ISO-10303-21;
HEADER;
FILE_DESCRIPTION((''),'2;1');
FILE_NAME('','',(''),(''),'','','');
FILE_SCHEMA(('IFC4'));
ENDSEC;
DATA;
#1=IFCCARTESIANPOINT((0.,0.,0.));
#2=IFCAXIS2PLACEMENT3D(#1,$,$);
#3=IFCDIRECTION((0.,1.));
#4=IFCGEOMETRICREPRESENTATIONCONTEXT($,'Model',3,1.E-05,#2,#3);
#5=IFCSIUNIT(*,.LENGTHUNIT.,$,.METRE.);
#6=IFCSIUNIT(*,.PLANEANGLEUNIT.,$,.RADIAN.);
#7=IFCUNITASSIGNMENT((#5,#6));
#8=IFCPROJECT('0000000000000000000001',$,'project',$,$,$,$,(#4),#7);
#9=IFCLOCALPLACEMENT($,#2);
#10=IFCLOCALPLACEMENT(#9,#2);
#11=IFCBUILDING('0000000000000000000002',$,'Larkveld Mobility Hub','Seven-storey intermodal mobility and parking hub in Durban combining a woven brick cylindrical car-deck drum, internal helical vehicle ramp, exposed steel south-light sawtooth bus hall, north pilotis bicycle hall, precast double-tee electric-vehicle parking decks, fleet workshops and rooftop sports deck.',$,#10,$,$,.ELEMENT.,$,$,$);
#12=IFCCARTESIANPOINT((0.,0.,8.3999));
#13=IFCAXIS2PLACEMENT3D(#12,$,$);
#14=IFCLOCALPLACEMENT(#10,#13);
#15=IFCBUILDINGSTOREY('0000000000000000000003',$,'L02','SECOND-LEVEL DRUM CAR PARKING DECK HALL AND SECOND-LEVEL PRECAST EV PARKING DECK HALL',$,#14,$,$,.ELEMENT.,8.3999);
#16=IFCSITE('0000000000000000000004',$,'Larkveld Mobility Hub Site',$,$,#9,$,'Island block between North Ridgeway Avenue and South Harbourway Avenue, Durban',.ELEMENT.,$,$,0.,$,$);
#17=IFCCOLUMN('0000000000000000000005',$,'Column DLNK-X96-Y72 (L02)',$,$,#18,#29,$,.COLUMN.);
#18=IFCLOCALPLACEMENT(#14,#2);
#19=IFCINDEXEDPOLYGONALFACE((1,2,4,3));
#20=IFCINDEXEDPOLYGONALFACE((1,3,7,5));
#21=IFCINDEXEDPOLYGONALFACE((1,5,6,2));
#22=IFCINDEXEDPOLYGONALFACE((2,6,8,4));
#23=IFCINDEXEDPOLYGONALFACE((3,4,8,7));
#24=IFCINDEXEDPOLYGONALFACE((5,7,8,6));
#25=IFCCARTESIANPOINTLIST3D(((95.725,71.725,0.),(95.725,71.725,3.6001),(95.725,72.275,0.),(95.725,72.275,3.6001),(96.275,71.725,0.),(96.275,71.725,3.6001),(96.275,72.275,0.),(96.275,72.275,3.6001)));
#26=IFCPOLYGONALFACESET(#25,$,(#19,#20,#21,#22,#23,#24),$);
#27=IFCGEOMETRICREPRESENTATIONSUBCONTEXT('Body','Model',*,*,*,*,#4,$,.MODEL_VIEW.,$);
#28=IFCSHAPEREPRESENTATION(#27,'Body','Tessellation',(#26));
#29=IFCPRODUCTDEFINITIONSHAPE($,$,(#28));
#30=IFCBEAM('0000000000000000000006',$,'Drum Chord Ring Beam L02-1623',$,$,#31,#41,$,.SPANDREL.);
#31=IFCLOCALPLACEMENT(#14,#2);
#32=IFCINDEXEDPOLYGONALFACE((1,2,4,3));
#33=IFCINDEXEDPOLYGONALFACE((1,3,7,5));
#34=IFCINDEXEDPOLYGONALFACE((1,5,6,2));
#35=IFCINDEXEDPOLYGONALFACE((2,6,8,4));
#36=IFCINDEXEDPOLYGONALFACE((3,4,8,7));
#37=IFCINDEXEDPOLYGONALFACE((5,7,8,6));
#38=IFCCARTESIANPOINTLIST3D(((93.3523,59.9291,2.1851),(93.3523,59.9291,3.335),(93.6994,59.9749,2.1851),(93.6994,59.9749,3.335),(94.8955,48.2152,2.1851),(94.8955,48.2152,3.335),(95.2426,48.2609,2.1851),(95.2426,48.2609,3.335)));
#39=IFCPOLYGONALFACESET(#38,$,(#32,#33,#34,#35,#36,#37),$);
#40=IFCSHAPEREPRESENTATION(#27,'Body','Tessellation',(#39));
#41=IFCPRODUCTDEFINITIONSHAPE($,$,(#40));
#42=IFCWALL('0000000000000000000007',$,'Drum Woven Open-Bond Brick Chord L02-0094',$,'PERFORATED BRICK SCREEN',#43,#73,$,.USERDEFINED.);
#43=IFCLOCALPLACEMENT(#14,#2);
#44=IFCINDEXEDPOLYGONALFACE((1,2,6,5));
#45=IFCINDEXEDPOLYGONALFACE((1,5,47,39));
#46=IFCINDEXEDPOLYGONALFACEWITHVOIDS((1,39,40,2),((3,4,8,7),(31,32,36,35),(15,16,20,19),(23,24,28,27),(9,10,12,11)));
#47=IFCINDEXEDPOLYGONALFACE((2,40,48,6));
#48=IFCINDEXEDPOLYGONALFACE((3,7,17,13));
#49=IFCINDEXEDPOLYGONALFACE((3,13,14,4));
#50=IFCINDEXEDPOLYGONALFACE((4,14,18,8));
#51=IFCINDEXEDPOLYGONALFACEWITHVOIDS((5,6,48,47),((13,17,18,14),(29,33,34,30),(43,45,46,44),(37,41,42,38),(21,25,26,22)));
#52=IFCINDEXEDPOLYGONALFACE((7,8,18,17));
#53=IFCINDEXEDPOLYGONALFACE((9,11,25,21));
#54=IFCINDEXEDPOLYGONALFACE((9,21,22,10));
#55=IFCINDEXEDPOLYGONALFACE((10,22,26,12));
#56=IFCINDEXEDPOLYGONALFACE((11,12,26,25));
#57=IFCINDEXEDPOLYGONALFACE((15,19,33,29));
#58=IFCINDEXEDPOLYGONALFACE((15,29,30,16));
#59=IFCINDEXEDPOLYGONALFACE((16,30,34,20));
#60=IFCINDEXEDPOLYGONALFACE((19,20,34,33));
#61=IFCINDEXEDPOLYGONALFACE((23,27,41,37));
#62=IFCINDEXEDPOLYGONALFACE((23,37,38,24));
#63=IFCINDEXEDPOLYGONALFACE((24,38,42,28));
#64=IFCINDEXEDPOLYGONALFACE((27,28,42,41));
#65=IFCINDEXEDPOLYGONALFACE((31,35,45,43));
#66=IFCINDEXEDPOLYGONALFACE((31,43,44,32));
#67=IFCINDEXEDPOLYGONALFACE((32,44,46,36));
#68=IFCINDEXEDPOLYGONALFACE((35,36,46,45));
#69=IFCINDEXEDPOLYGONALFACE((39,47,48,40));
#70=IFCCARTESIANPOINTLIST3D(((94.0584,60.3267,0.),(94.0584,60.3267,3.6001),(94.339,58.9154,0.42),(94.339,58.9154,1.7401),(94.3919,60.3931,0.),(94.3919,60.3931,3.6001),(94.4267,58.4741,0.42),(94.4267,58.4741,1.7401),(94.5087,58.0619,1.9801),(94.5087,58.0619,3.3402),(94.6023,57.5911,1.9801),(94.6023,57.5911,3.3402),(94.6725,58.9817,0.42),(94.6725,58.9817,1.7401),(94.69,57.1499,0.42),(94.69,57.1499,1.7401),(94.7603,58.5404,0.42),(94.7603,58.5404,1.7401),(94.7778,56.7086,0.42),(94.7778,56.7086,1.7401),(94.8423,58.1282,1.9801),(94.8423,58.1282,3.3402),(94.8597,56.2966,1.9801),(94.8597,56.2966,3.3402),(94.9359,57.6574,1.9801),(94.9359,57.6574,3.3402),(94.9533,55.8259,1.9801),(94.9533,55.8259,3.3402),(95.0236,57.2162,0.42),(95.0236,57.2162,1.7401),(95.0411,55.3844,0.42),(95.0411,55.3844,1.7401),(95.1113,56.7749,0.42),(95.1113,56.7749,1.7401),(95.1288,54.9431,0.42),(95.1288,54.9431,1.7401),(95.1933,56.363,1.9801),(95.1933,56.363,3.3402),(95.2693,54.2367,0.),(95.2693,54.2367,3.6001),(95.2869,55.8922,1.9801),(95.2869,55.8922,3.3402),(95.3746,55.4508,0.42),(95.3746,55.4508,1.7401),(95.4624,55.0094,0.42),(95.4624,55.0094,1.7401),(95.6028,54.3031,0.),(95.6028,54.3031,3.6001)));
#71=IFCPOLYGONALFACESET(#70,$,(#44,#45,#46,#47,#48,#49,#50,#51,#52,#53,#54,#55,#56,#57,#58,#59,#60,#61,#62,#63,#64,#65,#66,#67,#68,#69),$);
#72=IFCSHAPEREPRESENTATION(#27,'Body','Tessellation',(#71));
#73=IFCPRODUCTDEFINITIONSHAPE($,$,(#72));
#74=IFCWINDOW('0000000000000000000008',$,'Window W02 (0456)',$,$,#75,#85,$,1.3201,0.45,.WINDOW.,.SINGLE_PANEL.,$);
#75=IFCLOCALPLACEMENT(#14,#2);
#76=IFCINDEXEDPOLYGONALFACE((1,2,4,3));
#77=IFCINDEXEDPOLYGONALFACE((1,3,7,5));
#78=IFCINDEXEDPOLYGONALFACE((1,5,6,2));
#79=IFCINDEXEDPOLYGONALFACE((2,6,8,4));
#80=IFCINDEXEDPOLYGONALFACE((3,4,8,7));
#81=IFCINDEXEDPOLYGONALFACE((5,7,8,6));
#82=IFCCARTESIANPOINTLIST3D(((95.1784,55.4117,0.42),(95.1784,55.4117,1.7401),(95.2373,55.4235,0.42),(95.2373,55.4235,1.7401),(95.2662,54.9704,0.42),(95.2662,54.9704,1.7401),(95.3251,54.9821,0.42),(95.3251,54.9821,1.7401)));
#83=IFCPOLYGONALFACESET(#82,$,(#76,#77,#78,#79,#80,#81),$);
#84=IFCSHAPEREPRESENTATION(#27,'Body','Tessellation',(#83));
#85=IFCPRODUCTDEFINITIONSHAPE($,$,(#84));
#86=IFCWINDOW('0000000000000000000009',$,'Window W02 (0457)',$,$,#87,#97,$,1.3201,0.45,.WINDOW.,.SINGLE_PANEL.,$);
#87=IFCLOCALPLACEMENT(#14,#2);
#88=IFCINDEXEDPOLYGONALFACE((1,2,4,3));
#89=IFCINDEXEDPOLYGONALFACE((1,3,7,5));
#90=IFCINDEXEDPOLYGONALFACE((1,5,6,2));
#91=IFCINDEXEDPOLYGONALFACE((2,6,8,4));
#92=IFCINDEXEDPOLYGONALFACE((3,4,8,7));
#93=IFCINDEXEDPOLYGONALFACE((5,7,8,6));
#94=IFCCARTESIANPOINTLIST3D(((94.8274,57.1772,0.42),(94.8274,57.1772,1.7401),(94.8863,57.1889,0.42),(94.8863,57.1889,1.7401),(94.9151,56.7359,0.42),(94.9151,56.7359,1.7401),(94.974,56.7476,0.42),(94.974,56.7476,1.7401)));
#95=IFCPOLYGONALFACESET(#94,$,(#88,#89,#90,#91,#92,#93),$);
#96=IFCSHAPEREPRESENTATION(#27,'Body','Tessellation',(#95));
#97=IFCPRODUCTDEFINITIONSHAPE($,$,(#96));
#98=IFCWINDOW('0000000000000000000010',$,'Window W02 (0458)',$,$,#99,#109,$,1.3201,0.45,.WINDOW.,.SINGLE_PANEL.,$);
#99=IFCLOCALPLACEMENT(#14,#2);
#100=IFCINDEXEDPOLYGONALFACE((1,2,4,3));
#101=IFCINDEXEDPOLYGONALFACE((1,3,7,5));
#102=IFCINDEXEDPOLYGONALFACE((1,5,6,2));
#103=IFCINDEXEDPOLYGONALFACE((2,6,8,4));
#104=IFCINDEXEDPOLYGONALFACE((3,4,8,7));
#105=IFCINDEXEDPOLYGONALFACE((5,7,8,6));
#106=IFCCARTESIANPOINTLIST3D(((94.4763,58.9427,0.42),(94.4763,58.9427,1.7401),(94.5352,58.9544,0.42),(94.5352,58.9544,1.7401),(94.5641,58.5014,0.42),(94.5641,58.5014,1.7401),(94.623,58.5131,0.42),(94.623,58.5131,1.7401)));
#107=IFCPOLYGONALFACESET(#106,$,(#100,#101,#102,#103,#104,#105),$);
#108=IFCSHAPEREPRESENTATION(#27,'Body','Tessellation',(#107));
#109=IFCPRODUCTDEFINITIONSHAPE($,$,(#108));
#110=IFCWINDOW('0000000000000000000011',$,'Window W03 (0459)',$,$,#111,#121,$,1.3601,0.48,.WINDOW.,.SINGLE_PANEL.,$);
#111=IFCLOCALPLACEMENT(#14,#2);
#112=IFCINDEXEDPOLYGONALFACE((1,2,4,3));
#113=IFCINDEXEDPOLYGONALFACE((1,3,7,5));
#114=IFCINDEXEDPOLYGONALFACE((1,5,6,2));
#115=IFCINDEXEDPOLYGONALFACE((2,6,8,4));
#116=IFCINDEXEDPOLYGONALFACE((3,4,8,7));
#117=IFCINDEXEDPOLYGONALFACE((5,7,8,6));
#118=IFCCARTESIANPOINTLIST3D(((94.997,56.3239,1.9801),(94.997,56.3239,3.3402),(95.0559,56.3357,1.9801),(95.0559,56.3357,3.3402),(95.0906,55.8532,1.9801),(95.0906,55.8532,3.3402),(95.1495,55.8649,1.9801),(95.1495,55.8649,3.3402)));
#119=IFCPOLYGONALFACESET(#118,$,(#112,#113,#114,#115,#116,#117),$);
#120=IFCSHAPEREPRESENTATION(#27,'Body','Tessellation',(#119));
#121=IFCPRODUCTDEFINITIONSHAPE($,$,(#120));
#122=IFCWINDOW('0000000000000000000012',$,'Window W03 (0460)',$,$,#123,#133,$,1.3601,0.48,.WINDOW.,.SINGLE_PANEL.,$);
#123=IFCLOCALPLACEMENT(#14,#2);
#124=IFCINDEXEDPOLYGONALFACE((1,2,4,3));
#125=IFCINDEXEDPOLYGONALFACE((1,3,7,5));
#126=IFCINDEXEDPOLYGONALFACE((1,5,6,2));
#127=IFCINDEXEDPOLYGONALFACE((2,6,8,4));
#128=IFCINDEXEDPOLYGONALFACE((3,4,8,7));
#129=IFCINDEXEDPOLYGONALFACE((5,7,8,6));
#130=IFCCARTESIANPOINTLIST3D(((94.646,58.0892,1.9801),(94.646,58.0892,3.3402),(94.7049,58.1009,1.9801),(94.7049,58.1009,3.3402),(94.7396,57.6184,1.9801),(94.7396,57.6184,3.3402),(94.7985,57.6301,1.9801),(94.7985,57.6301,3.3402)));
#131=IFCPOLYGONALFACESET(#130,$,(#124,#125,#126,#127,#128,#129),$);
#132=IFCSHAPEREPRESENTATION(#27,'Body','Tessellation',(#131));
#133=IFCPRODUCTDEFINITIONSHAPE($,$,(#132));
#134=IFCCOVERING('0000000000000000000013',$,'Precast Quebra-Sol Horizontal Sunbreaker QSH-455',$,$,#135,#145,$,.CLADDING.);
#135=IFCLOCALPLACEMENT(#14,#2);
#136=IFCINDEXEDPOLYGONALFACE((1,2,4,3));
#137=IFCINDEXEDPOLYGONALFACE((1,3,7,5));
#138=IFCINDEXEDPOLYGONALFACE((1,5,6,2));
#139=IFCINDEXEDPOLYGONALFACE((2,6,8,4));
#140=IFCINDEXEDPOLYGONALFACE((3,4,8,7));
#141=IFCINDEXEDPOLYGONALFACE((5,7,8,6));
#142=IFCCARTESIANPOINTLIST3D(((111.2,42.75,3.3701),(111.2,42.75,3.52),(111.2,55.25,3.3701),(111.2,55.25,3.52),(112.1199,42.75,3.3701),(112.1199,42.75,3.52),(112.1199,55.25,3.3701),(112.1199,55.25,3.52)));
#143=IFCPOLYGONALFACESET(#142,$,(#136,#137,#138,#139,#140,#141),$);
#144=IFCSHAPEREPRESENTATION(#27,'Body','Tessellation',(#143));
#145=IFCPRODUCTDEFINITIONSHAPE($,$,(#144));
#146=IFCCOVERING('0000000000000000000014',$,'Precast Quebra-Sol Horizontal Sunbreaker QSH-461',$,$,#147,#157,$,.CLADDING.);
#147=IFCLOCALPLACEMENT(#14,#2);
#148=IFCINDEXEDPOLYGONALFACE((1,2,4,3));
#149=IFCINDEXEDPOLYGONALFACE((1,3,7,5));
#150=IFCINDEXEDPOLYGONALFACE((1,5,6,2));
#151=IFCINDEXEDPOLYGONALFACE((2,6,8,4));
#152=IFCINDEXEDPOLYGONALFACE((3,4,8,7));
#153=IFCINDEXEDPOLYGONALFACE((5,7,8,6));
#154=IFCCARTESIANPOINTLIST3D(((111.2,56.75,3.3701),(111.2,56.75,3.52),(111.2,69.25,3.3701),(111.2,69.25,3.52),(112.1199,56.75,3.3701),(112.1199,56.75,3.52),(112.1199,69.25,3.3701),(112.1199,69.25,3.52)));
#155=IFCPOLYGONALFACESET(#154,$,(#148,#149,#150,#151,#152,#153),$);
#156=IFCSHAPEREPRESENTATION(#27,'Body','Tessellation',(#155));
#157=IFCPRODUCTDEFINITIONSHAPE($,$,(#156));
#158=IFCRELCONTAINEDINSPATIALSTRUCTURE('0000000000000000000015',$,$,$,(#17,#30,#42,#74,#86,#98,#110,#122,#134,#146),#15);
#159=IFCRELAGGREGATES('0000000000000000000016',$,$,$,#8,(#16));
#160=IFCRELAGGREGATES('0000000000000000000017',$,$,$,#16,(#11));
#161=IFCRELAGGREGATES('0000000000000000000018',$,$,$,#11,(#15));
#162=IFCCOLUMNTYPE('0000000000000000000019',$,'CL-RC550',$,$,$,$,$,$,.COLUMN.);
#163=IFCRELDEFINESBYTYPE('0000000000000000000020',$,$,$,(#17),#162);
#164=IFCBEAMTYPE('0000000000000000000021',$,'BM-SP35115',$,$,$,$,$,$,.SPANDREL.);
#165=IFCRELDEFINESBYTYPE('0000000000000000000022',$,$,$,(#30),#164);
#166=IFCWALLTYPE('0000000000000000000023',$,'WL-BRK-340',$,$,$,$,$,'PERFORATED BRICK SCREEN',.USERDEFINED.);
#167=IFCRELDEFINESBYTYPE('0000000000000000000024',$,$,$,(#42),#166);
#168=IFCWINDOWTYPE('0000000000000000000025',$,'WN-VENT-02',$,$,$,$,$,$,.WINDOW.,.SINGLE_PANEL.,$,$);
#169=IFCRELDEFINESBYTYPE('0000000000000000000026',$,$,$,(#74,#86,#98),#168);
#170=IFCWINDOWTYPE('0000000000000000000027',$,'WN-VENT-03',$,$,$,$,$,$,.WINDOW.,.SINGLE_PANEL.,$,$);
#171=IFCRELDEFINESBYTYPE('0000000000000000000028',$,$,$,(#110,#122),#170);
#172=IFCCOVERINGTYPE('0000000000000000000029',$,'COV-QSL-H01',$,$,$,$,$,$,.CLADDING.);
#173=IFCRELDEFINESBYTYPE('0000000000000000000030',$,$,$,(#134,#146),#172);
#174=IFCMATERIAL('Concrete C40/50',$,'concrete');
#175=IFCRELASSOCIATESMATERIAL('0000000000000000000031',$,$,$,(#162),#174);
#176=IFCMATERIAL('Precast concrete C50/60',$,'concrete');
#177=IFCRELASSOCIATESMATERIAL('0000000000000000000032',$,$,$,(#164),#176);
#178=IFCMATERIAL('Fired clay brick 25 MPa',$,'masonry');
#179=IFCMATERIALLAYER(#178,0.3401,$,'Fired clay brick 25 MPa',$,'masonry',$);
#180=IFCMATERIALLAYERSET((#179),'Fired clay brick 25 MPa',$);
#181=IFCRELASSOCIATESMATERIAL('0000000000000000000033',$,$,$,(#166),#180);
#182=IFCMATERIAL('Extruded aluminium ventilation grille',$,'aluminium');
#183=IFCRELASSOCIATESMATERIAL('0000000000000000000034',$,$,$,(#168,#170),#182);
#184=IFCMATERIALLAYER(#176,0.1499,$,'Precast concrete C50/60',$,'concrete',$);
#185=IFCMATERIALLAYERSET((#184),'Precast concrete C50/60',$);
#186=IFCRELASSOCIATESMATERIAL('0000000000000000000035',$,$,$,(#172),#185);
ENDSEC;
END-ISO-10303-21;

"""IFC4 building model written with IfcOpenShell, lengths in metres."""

from ifc_helpers import new_model, si_unit, direction, frame, frame_2d, origin, origin_2d, place, context, subcontext, project, spatial, rectangle, extrude, material, layer, layer_set, material_profile, profile_set, type_object, element, fill, save


model = new_model("IFC4")

# Units and contexts
model_context = context("Model", 3, precision=1e-05, world=origin(), true_north=direction((0.0, 1.0)))
body_context = subcontext(model_context, "Body", "Model", "MODEL_VIEW")
ifc_project = project(units=[si_unit("LENGTHUNIT", "METRE"), si_unit("PLANEANGLEUNIT", "RADIAN")], contexts=[model_context])

# Site, building, storey
site_placement = place(None, origin())
site = spatial("IfcSite", under=ifc_project, at=site_placement, Name="Larkveld Mobility Hub Site", LongName="Island block between North Ridgeway Avenue and South Harbourway Avenue, Durban", CompositionType="ELEMENT", RefElevation=0.0)
building_placement = place(site_placement, origin())
building = spatial("IfcBuilding", under=site, at=building_placement, Name="Larkveld Mobility Hub", Description="Seven-storey intermodal mobility and parking hub in Durban combining a woven brick cylindrical car-deck drum, internal helical vehicle ramp, exposed steel south-light sawtooth bus hall, north pilotis bicycle hall, precast double-tee electric-vehicle parking decks, fleet workshops and rooftop sports deck.", CompositionType="ELEMENT")
storey_placement = place(building_placement, frame((0.0, 0.0, 8.3999)))
storey = spatial("IfcBuildingStorey", under=building, at=storey_placement, Name="L02", Description="SECOND-LEVEL DRUM CAR PARKING DECK HALL AND SECOND-LEVEL PRECAST EV PARKING DECK HALL", CompositionType="ELEMENT", Elevation=8.3999)

# Column
ifc_material_1 = material(Name="Concrete C40/50", Category="concrete")
ifc_material_profile_1 = material_profile(ifc_material_1, rectangle(XDim=0.55, YDim=0.55, at=origin_2d()), Name="RC COL 550x550")
ifc_profile_set_1 = profile_set([ifc_material_profile_1], Name="Concrete C40/50")
column_type = type_object("IfcColumnType", Name="CL-RC550", PredefinedType="COLUMN", material=ifc_profile_set_1)
column_placement = place(storey_placement, frame((96.0, 72.0, 0.0), z_axis=(0.0, 0.0, 1.0), x_axis=(1.0, 0.0, 0.0)))
element("IfcColumn", 1, at=column_placement, inside=storey, type_object=column_type, Name="Column DLNK-X96-Y72 (L02)", PredefinedType="COLUMN", context=body_context, shape_type="SweptSolid", body=[
    extrude(rectangle(XDim=0.55, YDim=0.55, at=origin_2d()), origin(), (0.0, 0.0, 1.0), 3.6001),
])

# Beam
ifc_material_2 = material(Name="Precast concrete C50/60", Category="concrete")
ifc_material_profile_2 = material_profile(ifc_material_2, rectangle(XDim=0.3501, YDim=1.1499, at=origin_2d()), Name="PC SP 350x1150")
ifc_profile_set_2 = profile_set([ifc_material_profile_2], Name="Precast concrete C50/60")
beam_type = type_object("IfcBeamType", Name="BM-SP35115", PredefinedType="SPANDREL", material=ifc_profile_set_2)
beam_placement = place(storey_placement, frame((95.0691, 48.238, 2.76), z_axis=(-0.130614, 0.991433, 0.0), x_axis=(-0.991433, -0.130614, 0.0)))
element("IfcBeam", 2, at=beam_placement, inside=storey, type_object=beam_type, Name="Drum Chord Ring Beam L02-1623", PredefinedType="SPANDREL", context=body_context, shape_type="SweptSolid", body=[
    extrude(rectangle(XDim=0.3501, YDim=1.1499, at=origin_2d()), origin(), (0.0, 0.0, 1.0), 11.8152),
])

# Wall, openings, windows
ifc_material_3 = material(Name="Fired clay brick 25 MPa", Category="masonry")
ifc_layer_1 = layer(ifc_material_3, 0.3401, Name="Fired clay brick 25 MPa", Category="masonry")
ifc_layer_set_1 = layer_set([ifc_layer_1], Name="Fired clay brick 25 MPa")
wall_type = type_object("IfcWallType", Name="WL-BRK-340", ElementType="PERFORATED BRICK SCREEN", PredefinedType="USERDEFINED", material=ifc_layer_set_1)
wall_placement = place(storey_placement, frame((95.436, 54.27, 0.0), z_axis=(0.0, 0.0, 1.0), x_axis=(-0.19502, 0.980799, 0.0)))
wall = element("IfcWall", 3, at=wall_placement, inside=storey, type_object=wall_type, Name="Drum Woven Open-Bond Brick Chord L02-0094", ObjectType="PERFORATED BRICK SCREEN", PredefinedType="USERDEFINED", context=body_context, shape_type="SweptSolid", body=[
    extrude(rectangle(XDim=6.2092, YDim=0.3401, at=frame_2d((3.1045, 0.0))), origin(), (0.0, 0.0, 1.0), 3.6001),
])
opening_1_placement = place(wall_placement, frame((0.72, 0.0, 0.4199)))
opening_1 = element("IfcOpeningElement", 4, at=opening_1_placement, cuts=wall, PredefinedType="OPENING", context=body_context, shape_type="SweptSolid", body=[
    extrude(rectangle(XDim=0.45, YDim=1.3201, at=frame_2d((0.2251, 0.6602))), frame((0.0, 0.1802, 0.0), z_axis=(0.0, -1.0, 0.0), x_axis=(1.0, 0.0, 0.0)), (0.0, 0.0, 1.0), 0.3601),
])
opening_2_placement = place(wall_placement, frame((2.52, 0.0, 0.4199)))
opening_2 = element("IfcOpeningElement", 5, at=opening_2_placement, cuts=wall, PredefinedType="OPENING", context=body_context, shape_type="SweptSolid", body=[
    extrude(rectangle(XDim=0.45, YDim=1.3201, at=frame_2d((0.2251, 0.6602))), frame((0.0, 0.1802, 0.0), z_axis=(0.0, -1.0, 0.0), x_axis=(1.0, 0.0, 0.0)), (0.0, 0.0, 1.0), 0.3601),
])
opening_3_placement = place(wall_placement, frame((4.3201, 0.0, 0.4199)))
opening_3 = element("IfcOpeningElement", 6, at=opening_3_placement, cuts=wall, PredefinedType="OPENING", context=body_context, shape_type="SweptSolid", body=[
    extrude(rectangle(XDim=0.45, YDim=1.3201, at=frame_2d((0.2251, 0.6602))), frame((0.0, 0.1802, 0.0), z_axis=(0.0, -1.0, 0.0), x_axis=(1.0, 0.0, 0.0)), (0.0, 0.0, 1.0), 0.3601),
])
opening_4_placement = place(wall_placement, frame((1.6201, 0.0, 1.98)))
opening_4 = element("IfcOpeningElement", 7, at=opening_4_placement, cuts=wall, PredefinedType="OPENING", context=body_context, shape_type="SweptSolid", body=[
    extrude(rectangle(XDim=0.48, YDim=1.3601, at=frame_2d((0.24, 0.6802))), frame((0.0, 0.1802, 0.0), z_axis=(0.0, -1.0, 0.0), x_axis=(1.0, 0.0, 0.0)), (0.0, 0.0, 1.0), 0.3601),
])
opening_5_placement = place(wall_placement, frame((3.4199, 0.0, 1.98)))
opening_5 = element("IfcOpeningElement", 8, at=opening_5_placement, cuts=wall, PredefinedType="OPENING", context=body_context, shape_type="SweptSolid", body=[
    extrude(rectangle(XDim=0.48, YDim=1.3601, at=frame_2d((0.24, 0.6802))), frame((0.0, 0.1802, 0.0), z_axis=(0.0, -1.0, 0.0), x_axis=(1.0, 0.0, 0.0)), (0.0, 0.0, 1.0), 0.3601),
])
ifc_material_4 = material(Name="Extruded aluminium ventilation grille", Category="aluminium")
window_type_1 = type_object("IfcWindowType", Name="WN-VENT-02", PartitioningType="SINGLE_PANEL", PredefinedType="WINDOW", material=ifc_material_4)
window_1_placement = place(opening_1_placement, origin())
window_1 = element("IfcWindow", 9, at=window_1_placement, inside=storey, type_object=window_type_1, Name="Window W02 (0456)", OverallHeight=1.3201, OverallWidth=0.45, PartitioningType="SINGLE_PANEL", PredefinedType="WINDOW", context=body_context, shape_type="SweptSolid", body=[
    extrude(rectangle(XDim=0.45, YDim=1.3201, at=frame_2d((0.2251, 0.6602))), frame((0.0, 0.03, 0.0), z_axis=(0.0, -1.0, 0.0), x_axis=(1.0, 0.0, 0.0)), (0.0, 0.0, 1.0), 0.0601),
])
fill(opening_1, window_1)
window_2_placement = place(opening_2_placement, origin())
window_2 = element("IfcWindow", 10, at=window_2_placement, inside=storey, type_object=window_type_1, Name="Window W02 (0457)", OverallHeight=1.3201, OverallWidth=0.45, PartitioningType="SINGLE_PANEL", PredefinedType="WINDOW", context=body_context, shape_type="SweptSolid", body=[
    extrude(rectangle(XDim=0.45, YDim=1.3201, at=frame_2d((0.2251, 0.6602))), frame((0.0, 0.03, 0.0), z_axis=(0.0, -1.0, 0.0), x_axis=(1.0, 0.0, 0.0)), (0.0, 0.0, 1.0), 0.0601),
])
fill(opening_2, window_2)
window_3_placement = place(opening_3_placement, origin())
window_3 = element("IfcWindow", 11, at=window_3_placement, inside=storey, type_object=window_type_1, Name="Window W02 (0458)", OverallHeight=1.3201, OverallWidth=0.45, PartitioningType="SINGLE_PANEL", PredefinedType="WINDOW", context=body_context, shape_type="SweptSolid", body=[
    extrude(rectangle(XDim=0.45, YDim=1.3201, at=frame_2d((0.2251, 0.6602))), frame((0.0, 0.03, 0.0), z_axis=(0.0, -1.0, 0.0), x_axis=(1.0, 0.0, 0.0)), (0.0, 0.0, 1.0), 0.0601),
])
fill(opening_3, window_3)
window_type_2 = type_object("IfcWindowType", Name="WN-VENT-03", PartitioningType="SINGLE_PANEL", PredefinedType="WINDOW", material=ifc_material_4)
window_4_placement = place(opening_4_placement, origin())
window_4 = element("IfcWindow", 12, at=window_4_placement, inside=storey, type_object=window_type_2, Name="Window W03 (0459)", OverallHeight=1.3601, OverallWidth=0.48, PartitioningType="SINGLE_PANEL", PredefinedType="WINDOW", context=body_context, shape_type="SweptSolid", body=[
    extrude(rectangle(XDim=0.48, YDim=1.3601, at=frame_2d((0.24, 0.6802))), frame((0.0, 0.03, 0.0), z_axis=(0.0, -1.0, 0.0), x_axis=(1.0, 0.0, 0.0)), (0.0, 0.0, 1.0), 0.0601),
])
fill(opening_4, window_4)
window_5_placement = place(opening_5_placement, origin())
window_5 = element("IfcWindow", 13, at=window_5_placement, inside=storey, type_object=window_type_2, Name="Window W03 (0460)", OverallHeight=1.3601, OverallWidth=0.48, PartitioningType="SINGLE_PANEL", PredefinedType="WINDOW", context=body_context, shape_type="SweptSolid", body=[
    extrude(rectangle(XDim=0.48, YDim=1.3601, at=frame_2d((0.24, 0.6802))), frame((0.0, 0.03, 0.0), z_axis=(0.0, -1.0, 0.0), x_axis=(1.0, 0.0, 0.0)), (0.0, 0.0, 1.0), 0.0601),
])
fill(opening_5, window_5)

# Coverings
ifc_layer_2 = layer(ifc_material_2, 0.1499, Name="Precast concrete C50/60", Category="concrete")
ifc_layer_set_2 = layer_set([ifc_layer_2], Name="Precast concrete C50/60")
covering_type_1 = type_object("IfcCoveringType", Name="COV-QSL-H01", PredefinedType="CLADDING", material=ifc_layer_set_2)
for number, where, z_axis, x_axis, name in (
    (14, (111.6599, 49.0, 3.3701), (0.0, 0.0, 1.0), (0.0, -1.0, 0.0), "Precast Quebra-Sol Horizontal Sunbreaker QSH-455"),
    (15, (111.6599, 63.0, 3.3701), (0.0, 0.0, 1.0), (0.0, -1.0, 0.0), "Precast Quebra-Sol Horizontal Sunbreaker QSH-461"),
):
    element("IfcCovering", number, at=place(storey_placement, frame(where, z_axis=z_axis, x_axis=x_axis)), inside=storey, type_object=covering_type_1, Name=name, PredefinedType="CLADDING", context=body_context, shape_type="SweptSolid", body=[
        extrude(rectangle(XDim=12.5, YDim=0.9199, at=origin_2d()), origin(), (0.0, 0.0, 1.0), 0.1499),
    ])

save(model, "model.ifc")
